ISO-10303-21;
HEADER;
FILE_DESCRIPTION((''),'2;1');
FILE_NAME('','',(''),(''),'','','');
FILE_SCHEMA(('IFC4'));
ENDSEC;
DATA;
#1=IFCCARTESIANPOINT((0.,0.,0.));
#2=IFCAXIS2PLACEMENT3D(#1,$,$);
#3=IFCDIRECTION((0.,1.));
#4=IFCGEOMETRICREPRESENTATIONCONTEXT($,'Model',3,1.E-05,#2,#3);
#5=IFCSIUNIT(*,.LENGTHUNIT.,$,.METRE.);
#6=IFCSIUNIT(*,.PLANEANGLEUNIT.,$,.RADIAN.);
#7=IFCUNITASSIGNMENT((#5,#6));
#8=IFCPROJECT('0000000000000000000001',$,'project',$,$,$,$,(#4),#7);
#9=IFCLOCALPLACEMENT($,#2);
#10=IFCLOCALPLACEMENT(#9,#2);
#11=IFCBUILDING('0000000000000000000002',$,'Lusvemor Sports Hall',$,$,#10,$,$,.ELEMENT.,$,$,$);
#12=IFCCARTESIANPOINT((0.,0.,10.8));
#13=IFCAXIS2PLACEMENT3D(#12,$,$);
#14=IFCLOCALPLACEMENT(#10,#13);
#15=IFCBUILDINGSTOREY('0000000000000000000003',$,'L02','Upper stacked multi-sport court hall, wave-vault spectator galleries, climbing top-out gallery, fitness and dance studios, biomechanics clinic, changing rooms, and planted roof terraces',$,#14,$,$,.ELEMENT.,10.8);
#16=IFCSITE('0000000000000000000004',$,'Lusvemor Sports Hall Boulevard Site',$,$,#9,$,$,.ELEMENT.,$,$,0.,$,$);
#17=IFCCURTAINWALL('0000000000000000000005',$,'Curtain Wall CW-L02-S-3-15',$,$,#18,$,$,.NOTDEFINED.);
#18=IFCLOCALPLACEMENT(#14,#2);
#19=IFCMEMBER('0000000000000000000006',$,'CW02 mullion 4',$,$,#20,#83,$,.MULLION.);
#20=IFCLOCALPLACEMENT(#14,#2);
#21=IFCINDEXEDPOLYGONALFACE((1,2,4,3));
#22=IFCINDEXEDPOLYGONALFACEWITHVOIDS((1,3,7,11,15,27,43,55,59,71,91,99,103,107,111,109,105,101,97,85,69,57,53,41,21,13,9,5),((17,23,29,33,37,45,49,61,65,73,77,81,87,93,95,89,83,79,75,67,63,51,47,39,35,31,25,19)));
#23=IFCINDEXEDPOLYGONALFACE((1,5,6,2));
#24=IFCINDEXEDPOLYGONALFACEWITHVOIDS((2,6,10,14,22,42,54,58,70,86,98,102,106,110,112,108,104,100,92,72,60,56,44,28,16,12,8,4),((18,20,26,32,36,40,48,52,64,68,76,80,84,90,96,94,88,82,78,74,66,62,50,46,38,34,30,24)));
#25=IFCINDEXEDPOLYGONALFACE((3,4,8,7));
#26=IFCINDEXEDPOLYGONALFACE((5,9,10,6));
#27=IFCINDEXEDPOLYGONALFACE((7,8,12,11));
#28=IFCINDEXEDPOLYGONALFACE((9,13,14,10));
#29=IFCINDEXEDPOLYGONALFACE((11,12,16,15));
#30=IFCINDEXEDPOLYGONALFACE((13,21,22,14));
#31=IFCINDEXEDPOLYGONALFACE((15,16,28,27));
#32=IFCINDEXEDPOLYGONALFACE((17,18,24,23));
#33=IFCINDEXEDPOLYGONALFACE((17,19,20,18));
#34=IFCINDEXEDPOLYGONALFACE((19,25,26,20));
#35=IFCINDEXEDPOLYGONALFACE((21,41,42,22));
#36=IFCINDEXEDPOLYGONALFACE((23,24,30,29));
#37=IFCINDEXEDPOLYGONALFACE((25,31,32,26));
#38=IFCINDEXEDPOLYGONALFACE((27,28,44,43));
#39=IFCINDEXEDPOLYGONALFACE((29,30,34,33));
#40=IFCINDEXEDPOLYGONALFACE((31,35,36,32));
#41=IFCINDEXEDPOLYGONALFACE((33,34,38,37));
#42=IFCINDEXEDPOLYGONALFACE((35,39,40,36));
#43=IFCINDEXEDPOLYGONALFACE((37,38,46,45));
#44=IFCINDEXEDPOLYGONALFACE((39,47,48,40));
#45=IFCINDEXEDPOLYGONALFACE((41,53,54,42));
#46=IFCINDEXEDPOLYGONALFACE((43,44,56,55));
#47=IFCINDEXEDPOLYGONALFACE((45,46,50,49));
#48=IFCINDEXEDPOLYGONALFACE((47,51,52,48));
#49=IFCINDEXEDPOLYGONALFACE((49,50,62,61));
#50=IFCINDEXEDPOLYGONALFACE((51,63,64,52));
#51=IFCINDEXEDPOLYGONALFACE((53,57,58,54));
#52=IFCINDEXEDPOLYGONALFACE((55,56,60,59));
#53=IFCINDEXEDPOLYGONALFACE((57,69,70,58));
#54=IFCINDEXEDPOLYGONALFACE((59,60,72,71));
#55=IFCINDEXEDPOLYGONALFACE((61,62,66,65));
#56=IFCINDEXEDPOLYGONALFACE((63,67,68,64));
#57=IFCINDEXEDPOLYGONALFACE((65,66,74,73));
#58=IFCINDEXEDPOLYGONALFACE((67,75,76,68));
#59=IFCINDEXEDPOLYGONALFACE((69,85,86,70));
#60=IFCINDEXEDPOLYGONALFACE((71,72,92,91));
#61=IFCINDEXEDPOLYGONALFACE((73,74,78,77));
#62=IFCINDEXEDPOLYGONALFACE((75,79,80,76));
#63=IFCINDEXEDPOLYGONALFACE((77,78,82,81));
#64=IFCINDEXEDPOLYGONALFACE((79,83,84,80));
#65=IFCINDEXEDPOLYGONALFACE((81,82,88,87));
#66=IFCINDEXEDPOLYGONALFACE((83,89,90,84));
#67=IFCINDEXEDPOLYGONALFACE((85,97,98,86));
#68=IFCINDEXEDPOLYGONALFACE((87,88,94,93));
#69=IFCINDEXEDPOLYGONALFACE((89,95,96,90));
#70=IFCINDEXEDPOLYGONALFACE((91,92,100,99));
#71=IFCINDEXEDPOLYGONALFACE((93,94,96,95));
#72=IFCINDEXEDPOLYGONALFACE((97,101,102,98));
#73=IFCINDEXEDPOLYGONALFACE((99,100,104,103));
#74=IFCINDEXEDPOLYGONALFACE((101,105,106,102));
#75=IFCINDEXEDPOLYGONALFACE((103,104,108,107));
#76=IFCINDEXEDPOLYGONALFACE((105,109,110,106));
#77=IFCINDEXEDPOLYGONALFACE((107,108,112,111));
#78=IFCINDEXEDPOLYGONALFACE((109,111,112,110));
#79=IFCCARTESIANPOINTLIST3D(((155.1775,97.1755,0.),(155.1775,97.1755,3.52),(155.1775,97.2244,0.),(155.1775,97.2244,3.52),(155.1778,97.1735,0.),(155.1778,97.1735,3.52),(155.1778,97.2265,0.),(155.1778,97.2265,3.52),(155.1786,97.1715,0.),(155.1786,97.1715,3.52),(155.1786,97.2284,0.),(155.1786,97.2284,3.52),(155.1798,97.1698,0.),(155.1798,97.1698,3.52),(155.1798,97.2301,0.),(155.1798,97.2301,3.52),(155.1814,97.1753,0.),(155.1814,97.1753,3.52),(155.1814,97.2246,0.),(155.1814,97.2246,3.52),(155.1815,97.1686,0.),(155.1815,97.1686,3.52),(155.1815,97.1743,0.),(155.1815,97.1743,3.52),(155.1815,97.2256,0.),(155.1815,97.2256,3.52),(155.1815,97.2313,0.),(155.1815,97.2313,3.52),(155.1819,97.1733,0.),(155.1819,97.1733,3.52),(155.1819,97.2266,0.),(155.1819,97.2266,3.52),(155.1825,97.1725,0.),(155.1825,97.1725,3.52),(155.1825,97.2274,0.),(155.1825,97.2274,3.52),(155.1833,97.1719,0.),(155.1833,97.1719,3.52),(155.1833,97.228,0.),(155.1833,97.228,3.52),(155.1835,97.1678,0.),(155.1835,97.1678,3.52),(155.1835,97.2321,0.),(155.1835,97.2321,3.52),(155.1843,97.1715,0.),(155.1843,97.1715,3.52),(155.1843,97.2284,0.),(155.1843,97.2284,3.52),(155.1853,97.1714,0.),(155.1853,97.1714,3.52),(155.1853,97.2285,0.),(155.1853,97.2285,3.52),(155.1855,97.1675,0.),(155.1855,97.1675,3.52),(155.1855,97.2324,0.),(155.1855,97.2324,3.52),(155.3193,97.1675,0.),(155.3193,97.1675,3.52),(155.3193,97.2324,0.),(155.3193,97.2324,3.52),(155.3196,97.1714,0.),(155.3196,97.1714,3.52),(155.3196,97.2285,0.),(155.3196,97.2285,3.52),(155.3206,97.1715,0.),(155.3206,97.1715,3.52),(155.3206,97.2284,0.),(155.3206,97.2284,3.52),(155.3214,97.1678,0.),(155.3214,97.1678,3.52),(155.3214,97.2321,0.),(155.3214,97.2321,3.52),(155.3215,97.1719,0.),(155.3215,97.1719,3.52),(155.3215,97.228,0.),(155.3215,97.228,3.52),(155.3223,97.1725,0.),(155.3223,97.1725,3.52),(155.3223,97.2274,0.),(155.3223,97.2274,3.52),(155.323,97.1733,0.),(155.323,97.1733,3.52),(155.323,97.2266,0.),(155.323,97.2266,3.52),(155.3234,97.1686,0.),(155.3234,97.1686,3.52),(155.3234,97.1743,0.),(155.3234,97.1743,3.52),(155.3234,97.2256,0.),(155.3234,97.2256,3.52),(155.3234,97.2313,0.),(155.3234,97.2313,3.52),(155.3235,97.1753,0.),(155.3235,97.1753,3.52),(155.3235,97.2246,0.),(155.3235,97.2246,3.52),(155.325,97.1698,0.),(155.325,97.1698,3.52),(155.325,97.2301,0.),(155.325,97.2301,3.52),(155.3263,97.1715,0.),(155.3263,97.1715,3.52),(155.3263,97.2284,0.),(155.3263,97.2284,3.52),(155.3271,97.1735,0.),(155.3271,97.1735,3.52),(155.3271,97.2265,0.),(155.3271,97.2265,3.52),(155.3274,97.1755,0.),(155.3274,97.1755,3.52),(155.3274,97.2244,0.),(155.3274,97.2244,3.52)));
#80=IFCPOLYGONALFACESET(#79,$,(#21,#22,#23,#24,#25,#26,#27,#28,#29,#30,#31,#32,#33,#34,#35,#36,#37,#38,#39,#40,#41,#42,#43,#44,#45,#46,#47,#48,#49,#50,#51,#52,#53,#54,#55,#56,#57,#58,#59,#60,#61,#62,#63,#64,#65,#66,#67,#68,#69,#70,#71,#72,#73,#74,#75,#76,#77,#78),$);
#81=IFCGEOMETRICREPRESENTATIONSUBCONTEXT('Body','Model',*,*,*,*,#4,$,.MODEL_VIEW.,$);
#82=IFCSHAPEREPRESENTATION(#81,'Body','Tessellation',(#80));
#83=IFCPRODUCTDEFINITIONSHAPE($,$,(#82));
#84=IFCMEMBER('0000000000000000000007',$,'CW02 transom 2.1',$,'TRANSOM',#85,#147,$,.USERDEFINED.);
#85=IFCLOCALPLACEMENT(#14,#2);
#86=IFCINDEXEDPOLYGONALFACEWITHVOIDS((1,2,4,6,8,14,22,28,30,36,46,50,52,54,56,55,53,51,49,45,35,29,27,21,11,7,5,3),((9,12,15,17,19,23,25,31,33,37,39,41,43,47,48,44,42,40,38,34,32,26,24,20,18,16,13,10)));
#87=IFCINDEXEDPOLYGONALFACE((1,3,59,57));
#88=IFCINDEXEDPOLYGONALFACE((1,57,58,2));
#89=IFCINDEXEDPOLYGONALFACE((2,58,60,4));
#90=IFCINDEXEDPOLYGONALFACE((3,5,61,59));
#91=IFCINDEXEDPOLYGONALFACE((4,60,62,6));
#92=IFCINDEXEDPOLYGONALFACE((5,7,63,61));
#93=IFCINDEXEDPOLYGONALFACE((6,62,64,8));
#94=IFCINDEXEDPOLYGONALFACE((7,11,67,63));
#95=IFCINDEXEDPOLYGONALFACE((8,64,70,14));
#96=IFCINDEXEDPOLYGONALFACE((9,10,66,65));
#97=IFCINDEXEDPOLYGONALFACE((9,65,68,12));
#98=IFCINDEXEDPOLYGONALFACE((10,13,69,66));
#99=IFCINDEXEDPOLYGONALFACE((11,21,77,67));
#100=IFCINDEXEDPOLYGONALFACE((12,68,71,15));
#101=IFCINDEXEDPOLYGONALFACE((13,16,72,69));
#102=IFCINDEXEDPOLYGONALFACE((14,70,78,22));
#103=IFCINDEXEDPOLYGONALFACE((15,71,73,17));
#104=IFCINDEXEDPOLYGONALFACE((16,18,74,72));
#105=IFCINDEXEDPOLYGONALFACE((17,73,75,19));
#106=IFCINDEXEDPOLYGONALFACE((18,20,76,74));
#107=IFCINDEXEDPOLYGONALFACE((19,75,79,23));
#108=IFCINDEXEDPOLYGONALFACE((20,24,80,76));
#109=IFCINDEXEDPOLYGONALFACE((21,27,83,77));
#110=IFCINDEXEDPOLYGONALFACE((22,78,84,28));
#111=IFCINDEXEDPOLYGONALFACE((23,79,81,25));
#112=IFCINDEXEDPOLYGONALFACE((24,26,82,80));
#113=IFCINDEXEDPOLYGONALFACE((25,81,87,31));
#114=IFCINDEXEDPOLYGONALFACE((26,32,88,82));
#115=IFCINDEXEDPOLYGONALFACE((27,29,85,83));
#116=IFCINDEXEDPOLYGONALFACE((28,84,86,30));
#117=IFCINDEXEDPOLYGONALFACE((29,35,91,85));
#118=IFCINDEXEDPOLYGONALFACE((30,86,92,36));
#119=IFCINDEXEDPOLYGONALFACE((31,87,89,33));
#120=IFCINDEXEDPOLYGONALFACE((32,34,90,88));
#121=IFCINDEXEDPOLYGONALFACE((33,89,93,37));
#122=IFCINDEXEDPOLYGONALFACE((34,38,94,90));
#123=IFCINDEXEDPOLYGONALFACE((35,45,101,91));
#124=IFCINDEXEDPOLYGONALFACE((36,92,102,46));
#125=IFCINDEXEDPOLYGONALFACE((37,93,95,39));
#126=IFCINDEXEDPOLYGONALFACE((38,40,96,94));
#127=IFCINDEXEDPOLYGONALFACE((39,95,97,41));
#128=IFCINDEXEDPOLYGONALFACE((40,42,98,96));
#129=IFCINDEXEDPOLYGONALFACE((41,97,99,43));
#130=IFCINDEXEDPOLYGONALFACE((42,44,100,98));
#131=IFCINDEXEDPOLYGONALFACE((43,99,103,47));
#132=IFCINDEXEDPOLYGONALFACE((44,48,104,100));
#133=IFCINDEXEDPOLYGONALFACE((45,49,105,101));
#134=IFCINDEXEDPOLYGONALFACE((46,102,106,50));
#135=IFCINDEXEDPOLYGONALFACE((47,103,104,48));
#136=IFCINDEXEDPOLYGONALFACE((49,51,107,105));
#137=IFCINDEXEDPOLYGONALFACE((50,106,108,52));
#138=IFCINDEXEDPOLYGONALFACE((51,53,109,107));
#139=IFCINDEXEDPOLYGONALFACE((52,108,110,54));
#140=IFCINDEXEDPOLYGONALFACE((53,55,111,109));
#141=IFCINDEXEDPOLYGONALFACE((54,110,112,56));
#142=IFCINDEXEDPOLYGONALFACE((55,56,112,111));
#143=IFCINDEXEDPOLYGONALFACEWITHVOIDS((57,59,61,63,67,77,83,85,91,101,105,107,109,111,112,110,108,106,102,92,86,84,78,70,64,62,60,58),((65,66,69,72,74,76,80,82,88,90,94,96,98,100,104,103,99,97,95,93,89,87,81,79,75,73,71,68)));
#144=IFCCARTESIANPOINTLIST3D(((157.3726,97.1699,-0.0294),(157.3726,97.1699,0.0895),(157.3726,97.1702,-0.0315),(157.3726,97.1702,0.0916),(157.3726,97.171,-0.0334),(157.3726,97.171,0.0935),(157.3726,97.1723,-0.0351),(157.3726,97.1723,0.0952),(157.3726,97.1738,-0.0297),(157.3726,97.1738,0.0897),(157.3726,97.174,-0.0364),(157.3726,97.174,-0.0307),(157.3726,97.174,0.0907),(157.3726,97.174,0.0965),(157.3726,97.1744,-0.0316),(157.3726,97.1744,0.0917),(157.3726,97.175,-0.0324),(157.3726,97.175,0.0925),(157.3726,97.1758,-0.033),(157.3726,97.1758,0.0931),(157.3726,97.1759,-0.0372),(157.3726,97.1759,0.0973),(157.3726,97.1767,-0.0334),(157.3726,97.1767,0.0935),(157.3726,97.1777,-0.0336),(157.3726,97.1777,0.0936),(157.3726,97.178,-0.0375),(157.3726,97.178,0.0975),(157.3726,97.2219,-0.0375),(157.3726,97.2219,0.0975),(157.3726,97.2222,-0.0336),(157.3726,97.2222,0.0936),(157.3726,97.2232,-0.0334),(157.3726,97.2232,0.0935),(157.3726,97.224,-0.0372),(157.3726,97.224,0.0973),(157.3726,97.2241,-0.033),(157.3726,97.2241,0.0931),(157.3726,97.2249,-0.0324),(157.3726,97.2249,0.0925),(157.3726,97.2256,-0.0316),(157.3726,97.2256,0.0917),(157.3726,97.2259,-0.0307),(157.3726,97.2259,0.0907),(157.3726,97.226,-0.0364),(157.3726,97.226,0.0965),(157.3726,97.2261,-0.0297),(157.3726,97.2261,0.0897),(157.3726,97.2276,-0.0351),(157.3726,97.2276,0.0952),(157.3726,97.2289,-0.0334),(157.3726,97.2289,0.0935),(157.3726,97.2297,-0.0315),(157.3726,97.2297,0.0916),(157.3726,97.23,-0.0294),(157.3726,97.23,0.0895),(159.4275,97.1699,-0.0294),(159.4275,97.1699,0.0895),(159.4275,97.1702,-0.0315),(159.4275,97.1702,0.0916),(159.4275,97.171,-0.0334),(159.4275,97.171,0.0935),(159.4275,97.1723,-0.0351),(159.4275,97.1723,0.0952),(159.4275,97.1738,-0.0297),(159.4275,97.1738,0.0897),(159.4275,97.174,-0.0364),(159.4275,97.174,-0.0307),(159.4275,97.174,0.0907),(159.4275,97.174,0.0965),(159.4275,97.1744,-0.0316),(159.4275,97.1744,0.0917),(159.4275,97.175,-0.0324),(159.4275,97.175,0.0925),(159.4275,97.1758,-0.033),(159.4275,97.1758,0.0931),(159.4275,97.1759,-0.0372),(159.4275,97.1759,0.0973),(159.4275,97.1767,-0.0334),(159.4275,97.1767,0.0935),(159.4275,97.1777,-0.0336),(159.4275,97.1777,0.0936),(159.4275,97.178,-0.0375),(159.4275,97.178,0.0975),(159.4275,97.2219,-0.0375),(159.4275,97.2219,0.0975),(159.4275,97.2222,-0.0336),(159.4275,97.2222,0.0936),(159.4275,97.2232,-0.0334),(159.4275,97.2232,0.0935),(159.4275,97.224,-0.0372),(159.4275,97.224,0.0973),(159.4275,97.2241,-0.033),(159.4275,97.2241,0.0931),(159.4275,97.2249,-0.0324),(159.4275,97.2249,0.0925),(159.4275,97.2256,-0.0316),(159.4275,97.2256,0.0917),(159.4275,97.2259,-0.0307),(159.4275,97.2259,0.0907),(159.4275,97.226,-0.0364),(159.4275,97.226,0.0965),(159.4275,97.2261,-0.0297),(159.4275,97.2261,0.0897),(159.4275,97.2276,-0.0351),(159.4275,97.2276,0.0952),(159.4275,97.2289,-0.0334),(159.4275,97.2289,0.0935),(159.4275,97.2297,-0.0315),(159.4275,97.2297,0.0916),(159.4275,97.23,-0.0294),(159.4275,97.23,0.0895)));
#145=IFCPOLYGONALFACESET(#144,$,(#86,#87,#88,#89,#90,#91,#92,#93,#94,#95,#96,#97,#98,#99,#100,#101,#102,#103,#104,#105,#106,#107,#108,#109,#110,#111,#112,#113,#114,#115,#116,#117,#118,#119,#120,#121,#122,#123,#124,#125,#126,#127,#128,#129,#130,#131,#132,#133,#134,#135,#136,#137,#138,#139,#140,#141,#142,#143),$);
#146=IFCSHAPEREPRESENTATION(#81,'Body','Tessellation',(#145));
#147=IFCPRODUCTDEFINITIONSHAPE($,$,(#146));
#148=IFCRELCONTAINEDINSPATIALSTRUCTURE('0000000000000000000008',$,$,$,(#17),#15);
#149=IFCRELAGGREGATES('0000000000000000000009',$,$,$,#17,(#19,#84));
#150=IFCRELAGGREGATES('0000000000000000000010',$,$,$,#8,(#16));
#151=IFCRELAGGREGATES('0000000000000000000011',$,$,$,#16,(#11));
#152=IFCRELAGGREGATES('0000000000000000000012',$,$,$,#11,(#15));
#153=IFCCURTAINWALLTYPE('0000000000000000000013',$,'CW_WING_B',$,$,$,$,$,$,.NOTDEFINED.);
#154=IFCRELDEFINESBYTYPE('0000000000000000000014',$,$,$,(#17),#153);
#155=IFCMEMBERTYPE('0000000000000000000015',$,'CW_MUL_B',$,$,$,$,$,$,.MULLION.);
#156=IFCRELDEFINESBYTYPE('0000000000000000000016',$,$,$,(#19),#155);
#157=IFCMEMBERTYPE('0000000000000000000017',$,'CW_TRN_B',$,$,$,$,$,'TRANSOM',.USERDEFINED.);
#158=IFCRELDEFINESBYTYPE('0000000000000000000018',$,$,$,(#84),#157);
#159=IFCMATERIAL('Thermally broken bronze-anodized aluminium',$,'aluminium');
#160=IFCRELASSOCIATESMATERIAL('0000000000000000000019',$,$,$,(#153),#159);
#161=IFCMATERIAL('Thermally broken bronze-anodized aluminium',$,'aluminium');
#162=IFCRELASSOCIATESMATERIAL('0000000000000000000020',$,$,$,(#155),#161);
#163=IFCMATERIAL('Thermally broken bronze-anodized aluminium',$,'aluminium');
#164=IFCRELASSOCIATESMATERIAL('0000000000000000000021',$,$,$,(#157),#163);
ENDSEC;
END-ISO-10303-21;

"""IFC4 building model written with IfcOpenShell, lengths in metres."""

from ifc_helpers import new_model, si_unit, direction, frame, origin, origin_2d, place, context, subcontext, project, spatial, hollow_rectangle, extrude, material, material_profile, profile_set, type_object, element, aggregate, save


model = new_model("IFC4")

# Units and contexts
model_context = context("Model", 3, precision=1e-05, world=origin(), true_north=direction((0.0, 1.0)))
body_context = subcontext(model_context, "Body", "Model", "MODEL_VIEW")
ifc_project = project(units=[si_unit("LENGTHUNIT", "METRE"), si_unit("PLANEANGLEUNIT", "RADIAN")], contexts=[model_context])

# Site, building, storey
site_placement = place(None, origin())
site = spatial("IfcSite", under=ifc_project, at=site_placement, Name="Lusvemor Sports Hall Boulevard Site", CompositionType="ELEMENT", RefElevation=0.0)
building_placement = place(site_placement, origin())
building = spatial("IfcBuilding", under=site, at=building_placement, Name="Lusvemor Sports Hall", CompositionType="ELEMENT")
storey_placement = place(building_placement, frame((0.0, 0.0, 10.8)))
storey = spatial("IfcBuildingStorey", under=building, at=storey_placement, Name="L02", Description="Upper stacked multi-sport court hall, wave-vault spectator galleries, climbing top-out gallery, fitness and dance studios, biomechanics clinic, changing rooms, and planted roof terraces", CompositionType="ELEMENT", Elevation=10.8)

# Curtain wall, members
ifc_material_1 = material(Name="Thermally broken bronze-anodized aluminium", Category="aluminium")
curtain_wall_type = type_object("IfcCurtainWallType", Name="CW_WING_B", PredefinedType="NOTDEFINED", material=ifc_material_1)
curtain_wall_placement = place(storey_placement, origin())
curtain_wall = element("IfcCurtainWall", 1, at=curtain_wall_placement, inside=storey, type_object=curtain_wall_type, Name="Curtain Wall CW-L02-S-3-15", PredefinedType="NOTDEFINED")
ifc_material_2 = material(Name="Thermally broken bronze-anodized aluminium", Category="aluminium")
ifc_material_profile_1 = material_profile(ifc_material_2, hollow_rectangle(XDim=0.0649, YDim=0.1499, WallThickness=0.0039, InnerFilletRadius=0.0039, OuterFilletRadius=0.0081, at=origin_2d()), Name="CWMUL150x65x4")
ifc_profile_set_1 = profile_set([ifc_material_profile_1], Name="Thermally broken bronze-anodized aluminium")
member_type_1 = type_object("IfcMemberType", Name="CW_MUL_B", PredefinedType="MULLION", material=ifc_profile_set_1)
member_1_placement = place(storey_placement, frame((155.2524, 97.2, 0.0), z_axis=(0.0, 0.0, 1.0), x_axis=(0.0, -1.0, 0.0)))
member_1 = element("IfcMember", 2, at=member_1_placement, type_object=member_type_1, Name="CW02 mullion 4", PredefinedType="MULLION", context=body_context, shape_type="SweptSolid", body=[
    extrude(hollow_rectangle(XDim=0.0649, YDim=0.1499, WallThickness=0.0039, InnerFilletRadius=0.0039, OuterFilletRadius=0.0081, at=origin_2d()), origin(), (0.0, 0.0, 1.0), 3.52),
])
ifc_material_3 = material(Name="Thermally broken bronze-anodized aluminium", Category="aluminium")
ifc_material_profile_2 = material_profile(ifc_material_3, hollow_rectangle(XDim=0.0601, YDim=0.135, WallThickness=0.0039, InnerFilletRadius=0.0039, OuterFilletRadius=0.0081, at=origin_2d()), Name="CWTRN135x60x4")
ifc_profile_set_2 = profile_set([ifc_material_profile_2], Name="Thermally broken bronze-anodized aluminium")
member_type_2 = type_object("IfcMemberType", Name="CW_TRN_B", ElementType="TRANSOM", PredefinedType="USERDEFINED", material=ifc_profile_set_2)
member_2_placement = place(storey_placement, frame((159.4275, 97.2, 0.03), z_axis=(-1.0, 0.0, 0.0), x_axis=(0.0, -1.0, 0.0)))
member_2 = element("IfcMember", 3, at=member_2_placement, type_object=member_type_2, Name="CW02 transom 2.1", ObjectType="TRANSOM", PredefinedType="USERDEFINED", context=body_context, shape_type="SweptSolid", body=[
    extrude(hollow_rectangle(XDim=0.0601, YDim=0.135, WallThickness=0.0039, InnerFilletRadius=0.0039, OuterFilletRadius=0.0081, at=origin_2d()), origin(), (0.0, 0.0, 1.0), 2.0549),
])

aggregate(curtain_wall, [member_1, member_2])

save(model, "model.ifc")
